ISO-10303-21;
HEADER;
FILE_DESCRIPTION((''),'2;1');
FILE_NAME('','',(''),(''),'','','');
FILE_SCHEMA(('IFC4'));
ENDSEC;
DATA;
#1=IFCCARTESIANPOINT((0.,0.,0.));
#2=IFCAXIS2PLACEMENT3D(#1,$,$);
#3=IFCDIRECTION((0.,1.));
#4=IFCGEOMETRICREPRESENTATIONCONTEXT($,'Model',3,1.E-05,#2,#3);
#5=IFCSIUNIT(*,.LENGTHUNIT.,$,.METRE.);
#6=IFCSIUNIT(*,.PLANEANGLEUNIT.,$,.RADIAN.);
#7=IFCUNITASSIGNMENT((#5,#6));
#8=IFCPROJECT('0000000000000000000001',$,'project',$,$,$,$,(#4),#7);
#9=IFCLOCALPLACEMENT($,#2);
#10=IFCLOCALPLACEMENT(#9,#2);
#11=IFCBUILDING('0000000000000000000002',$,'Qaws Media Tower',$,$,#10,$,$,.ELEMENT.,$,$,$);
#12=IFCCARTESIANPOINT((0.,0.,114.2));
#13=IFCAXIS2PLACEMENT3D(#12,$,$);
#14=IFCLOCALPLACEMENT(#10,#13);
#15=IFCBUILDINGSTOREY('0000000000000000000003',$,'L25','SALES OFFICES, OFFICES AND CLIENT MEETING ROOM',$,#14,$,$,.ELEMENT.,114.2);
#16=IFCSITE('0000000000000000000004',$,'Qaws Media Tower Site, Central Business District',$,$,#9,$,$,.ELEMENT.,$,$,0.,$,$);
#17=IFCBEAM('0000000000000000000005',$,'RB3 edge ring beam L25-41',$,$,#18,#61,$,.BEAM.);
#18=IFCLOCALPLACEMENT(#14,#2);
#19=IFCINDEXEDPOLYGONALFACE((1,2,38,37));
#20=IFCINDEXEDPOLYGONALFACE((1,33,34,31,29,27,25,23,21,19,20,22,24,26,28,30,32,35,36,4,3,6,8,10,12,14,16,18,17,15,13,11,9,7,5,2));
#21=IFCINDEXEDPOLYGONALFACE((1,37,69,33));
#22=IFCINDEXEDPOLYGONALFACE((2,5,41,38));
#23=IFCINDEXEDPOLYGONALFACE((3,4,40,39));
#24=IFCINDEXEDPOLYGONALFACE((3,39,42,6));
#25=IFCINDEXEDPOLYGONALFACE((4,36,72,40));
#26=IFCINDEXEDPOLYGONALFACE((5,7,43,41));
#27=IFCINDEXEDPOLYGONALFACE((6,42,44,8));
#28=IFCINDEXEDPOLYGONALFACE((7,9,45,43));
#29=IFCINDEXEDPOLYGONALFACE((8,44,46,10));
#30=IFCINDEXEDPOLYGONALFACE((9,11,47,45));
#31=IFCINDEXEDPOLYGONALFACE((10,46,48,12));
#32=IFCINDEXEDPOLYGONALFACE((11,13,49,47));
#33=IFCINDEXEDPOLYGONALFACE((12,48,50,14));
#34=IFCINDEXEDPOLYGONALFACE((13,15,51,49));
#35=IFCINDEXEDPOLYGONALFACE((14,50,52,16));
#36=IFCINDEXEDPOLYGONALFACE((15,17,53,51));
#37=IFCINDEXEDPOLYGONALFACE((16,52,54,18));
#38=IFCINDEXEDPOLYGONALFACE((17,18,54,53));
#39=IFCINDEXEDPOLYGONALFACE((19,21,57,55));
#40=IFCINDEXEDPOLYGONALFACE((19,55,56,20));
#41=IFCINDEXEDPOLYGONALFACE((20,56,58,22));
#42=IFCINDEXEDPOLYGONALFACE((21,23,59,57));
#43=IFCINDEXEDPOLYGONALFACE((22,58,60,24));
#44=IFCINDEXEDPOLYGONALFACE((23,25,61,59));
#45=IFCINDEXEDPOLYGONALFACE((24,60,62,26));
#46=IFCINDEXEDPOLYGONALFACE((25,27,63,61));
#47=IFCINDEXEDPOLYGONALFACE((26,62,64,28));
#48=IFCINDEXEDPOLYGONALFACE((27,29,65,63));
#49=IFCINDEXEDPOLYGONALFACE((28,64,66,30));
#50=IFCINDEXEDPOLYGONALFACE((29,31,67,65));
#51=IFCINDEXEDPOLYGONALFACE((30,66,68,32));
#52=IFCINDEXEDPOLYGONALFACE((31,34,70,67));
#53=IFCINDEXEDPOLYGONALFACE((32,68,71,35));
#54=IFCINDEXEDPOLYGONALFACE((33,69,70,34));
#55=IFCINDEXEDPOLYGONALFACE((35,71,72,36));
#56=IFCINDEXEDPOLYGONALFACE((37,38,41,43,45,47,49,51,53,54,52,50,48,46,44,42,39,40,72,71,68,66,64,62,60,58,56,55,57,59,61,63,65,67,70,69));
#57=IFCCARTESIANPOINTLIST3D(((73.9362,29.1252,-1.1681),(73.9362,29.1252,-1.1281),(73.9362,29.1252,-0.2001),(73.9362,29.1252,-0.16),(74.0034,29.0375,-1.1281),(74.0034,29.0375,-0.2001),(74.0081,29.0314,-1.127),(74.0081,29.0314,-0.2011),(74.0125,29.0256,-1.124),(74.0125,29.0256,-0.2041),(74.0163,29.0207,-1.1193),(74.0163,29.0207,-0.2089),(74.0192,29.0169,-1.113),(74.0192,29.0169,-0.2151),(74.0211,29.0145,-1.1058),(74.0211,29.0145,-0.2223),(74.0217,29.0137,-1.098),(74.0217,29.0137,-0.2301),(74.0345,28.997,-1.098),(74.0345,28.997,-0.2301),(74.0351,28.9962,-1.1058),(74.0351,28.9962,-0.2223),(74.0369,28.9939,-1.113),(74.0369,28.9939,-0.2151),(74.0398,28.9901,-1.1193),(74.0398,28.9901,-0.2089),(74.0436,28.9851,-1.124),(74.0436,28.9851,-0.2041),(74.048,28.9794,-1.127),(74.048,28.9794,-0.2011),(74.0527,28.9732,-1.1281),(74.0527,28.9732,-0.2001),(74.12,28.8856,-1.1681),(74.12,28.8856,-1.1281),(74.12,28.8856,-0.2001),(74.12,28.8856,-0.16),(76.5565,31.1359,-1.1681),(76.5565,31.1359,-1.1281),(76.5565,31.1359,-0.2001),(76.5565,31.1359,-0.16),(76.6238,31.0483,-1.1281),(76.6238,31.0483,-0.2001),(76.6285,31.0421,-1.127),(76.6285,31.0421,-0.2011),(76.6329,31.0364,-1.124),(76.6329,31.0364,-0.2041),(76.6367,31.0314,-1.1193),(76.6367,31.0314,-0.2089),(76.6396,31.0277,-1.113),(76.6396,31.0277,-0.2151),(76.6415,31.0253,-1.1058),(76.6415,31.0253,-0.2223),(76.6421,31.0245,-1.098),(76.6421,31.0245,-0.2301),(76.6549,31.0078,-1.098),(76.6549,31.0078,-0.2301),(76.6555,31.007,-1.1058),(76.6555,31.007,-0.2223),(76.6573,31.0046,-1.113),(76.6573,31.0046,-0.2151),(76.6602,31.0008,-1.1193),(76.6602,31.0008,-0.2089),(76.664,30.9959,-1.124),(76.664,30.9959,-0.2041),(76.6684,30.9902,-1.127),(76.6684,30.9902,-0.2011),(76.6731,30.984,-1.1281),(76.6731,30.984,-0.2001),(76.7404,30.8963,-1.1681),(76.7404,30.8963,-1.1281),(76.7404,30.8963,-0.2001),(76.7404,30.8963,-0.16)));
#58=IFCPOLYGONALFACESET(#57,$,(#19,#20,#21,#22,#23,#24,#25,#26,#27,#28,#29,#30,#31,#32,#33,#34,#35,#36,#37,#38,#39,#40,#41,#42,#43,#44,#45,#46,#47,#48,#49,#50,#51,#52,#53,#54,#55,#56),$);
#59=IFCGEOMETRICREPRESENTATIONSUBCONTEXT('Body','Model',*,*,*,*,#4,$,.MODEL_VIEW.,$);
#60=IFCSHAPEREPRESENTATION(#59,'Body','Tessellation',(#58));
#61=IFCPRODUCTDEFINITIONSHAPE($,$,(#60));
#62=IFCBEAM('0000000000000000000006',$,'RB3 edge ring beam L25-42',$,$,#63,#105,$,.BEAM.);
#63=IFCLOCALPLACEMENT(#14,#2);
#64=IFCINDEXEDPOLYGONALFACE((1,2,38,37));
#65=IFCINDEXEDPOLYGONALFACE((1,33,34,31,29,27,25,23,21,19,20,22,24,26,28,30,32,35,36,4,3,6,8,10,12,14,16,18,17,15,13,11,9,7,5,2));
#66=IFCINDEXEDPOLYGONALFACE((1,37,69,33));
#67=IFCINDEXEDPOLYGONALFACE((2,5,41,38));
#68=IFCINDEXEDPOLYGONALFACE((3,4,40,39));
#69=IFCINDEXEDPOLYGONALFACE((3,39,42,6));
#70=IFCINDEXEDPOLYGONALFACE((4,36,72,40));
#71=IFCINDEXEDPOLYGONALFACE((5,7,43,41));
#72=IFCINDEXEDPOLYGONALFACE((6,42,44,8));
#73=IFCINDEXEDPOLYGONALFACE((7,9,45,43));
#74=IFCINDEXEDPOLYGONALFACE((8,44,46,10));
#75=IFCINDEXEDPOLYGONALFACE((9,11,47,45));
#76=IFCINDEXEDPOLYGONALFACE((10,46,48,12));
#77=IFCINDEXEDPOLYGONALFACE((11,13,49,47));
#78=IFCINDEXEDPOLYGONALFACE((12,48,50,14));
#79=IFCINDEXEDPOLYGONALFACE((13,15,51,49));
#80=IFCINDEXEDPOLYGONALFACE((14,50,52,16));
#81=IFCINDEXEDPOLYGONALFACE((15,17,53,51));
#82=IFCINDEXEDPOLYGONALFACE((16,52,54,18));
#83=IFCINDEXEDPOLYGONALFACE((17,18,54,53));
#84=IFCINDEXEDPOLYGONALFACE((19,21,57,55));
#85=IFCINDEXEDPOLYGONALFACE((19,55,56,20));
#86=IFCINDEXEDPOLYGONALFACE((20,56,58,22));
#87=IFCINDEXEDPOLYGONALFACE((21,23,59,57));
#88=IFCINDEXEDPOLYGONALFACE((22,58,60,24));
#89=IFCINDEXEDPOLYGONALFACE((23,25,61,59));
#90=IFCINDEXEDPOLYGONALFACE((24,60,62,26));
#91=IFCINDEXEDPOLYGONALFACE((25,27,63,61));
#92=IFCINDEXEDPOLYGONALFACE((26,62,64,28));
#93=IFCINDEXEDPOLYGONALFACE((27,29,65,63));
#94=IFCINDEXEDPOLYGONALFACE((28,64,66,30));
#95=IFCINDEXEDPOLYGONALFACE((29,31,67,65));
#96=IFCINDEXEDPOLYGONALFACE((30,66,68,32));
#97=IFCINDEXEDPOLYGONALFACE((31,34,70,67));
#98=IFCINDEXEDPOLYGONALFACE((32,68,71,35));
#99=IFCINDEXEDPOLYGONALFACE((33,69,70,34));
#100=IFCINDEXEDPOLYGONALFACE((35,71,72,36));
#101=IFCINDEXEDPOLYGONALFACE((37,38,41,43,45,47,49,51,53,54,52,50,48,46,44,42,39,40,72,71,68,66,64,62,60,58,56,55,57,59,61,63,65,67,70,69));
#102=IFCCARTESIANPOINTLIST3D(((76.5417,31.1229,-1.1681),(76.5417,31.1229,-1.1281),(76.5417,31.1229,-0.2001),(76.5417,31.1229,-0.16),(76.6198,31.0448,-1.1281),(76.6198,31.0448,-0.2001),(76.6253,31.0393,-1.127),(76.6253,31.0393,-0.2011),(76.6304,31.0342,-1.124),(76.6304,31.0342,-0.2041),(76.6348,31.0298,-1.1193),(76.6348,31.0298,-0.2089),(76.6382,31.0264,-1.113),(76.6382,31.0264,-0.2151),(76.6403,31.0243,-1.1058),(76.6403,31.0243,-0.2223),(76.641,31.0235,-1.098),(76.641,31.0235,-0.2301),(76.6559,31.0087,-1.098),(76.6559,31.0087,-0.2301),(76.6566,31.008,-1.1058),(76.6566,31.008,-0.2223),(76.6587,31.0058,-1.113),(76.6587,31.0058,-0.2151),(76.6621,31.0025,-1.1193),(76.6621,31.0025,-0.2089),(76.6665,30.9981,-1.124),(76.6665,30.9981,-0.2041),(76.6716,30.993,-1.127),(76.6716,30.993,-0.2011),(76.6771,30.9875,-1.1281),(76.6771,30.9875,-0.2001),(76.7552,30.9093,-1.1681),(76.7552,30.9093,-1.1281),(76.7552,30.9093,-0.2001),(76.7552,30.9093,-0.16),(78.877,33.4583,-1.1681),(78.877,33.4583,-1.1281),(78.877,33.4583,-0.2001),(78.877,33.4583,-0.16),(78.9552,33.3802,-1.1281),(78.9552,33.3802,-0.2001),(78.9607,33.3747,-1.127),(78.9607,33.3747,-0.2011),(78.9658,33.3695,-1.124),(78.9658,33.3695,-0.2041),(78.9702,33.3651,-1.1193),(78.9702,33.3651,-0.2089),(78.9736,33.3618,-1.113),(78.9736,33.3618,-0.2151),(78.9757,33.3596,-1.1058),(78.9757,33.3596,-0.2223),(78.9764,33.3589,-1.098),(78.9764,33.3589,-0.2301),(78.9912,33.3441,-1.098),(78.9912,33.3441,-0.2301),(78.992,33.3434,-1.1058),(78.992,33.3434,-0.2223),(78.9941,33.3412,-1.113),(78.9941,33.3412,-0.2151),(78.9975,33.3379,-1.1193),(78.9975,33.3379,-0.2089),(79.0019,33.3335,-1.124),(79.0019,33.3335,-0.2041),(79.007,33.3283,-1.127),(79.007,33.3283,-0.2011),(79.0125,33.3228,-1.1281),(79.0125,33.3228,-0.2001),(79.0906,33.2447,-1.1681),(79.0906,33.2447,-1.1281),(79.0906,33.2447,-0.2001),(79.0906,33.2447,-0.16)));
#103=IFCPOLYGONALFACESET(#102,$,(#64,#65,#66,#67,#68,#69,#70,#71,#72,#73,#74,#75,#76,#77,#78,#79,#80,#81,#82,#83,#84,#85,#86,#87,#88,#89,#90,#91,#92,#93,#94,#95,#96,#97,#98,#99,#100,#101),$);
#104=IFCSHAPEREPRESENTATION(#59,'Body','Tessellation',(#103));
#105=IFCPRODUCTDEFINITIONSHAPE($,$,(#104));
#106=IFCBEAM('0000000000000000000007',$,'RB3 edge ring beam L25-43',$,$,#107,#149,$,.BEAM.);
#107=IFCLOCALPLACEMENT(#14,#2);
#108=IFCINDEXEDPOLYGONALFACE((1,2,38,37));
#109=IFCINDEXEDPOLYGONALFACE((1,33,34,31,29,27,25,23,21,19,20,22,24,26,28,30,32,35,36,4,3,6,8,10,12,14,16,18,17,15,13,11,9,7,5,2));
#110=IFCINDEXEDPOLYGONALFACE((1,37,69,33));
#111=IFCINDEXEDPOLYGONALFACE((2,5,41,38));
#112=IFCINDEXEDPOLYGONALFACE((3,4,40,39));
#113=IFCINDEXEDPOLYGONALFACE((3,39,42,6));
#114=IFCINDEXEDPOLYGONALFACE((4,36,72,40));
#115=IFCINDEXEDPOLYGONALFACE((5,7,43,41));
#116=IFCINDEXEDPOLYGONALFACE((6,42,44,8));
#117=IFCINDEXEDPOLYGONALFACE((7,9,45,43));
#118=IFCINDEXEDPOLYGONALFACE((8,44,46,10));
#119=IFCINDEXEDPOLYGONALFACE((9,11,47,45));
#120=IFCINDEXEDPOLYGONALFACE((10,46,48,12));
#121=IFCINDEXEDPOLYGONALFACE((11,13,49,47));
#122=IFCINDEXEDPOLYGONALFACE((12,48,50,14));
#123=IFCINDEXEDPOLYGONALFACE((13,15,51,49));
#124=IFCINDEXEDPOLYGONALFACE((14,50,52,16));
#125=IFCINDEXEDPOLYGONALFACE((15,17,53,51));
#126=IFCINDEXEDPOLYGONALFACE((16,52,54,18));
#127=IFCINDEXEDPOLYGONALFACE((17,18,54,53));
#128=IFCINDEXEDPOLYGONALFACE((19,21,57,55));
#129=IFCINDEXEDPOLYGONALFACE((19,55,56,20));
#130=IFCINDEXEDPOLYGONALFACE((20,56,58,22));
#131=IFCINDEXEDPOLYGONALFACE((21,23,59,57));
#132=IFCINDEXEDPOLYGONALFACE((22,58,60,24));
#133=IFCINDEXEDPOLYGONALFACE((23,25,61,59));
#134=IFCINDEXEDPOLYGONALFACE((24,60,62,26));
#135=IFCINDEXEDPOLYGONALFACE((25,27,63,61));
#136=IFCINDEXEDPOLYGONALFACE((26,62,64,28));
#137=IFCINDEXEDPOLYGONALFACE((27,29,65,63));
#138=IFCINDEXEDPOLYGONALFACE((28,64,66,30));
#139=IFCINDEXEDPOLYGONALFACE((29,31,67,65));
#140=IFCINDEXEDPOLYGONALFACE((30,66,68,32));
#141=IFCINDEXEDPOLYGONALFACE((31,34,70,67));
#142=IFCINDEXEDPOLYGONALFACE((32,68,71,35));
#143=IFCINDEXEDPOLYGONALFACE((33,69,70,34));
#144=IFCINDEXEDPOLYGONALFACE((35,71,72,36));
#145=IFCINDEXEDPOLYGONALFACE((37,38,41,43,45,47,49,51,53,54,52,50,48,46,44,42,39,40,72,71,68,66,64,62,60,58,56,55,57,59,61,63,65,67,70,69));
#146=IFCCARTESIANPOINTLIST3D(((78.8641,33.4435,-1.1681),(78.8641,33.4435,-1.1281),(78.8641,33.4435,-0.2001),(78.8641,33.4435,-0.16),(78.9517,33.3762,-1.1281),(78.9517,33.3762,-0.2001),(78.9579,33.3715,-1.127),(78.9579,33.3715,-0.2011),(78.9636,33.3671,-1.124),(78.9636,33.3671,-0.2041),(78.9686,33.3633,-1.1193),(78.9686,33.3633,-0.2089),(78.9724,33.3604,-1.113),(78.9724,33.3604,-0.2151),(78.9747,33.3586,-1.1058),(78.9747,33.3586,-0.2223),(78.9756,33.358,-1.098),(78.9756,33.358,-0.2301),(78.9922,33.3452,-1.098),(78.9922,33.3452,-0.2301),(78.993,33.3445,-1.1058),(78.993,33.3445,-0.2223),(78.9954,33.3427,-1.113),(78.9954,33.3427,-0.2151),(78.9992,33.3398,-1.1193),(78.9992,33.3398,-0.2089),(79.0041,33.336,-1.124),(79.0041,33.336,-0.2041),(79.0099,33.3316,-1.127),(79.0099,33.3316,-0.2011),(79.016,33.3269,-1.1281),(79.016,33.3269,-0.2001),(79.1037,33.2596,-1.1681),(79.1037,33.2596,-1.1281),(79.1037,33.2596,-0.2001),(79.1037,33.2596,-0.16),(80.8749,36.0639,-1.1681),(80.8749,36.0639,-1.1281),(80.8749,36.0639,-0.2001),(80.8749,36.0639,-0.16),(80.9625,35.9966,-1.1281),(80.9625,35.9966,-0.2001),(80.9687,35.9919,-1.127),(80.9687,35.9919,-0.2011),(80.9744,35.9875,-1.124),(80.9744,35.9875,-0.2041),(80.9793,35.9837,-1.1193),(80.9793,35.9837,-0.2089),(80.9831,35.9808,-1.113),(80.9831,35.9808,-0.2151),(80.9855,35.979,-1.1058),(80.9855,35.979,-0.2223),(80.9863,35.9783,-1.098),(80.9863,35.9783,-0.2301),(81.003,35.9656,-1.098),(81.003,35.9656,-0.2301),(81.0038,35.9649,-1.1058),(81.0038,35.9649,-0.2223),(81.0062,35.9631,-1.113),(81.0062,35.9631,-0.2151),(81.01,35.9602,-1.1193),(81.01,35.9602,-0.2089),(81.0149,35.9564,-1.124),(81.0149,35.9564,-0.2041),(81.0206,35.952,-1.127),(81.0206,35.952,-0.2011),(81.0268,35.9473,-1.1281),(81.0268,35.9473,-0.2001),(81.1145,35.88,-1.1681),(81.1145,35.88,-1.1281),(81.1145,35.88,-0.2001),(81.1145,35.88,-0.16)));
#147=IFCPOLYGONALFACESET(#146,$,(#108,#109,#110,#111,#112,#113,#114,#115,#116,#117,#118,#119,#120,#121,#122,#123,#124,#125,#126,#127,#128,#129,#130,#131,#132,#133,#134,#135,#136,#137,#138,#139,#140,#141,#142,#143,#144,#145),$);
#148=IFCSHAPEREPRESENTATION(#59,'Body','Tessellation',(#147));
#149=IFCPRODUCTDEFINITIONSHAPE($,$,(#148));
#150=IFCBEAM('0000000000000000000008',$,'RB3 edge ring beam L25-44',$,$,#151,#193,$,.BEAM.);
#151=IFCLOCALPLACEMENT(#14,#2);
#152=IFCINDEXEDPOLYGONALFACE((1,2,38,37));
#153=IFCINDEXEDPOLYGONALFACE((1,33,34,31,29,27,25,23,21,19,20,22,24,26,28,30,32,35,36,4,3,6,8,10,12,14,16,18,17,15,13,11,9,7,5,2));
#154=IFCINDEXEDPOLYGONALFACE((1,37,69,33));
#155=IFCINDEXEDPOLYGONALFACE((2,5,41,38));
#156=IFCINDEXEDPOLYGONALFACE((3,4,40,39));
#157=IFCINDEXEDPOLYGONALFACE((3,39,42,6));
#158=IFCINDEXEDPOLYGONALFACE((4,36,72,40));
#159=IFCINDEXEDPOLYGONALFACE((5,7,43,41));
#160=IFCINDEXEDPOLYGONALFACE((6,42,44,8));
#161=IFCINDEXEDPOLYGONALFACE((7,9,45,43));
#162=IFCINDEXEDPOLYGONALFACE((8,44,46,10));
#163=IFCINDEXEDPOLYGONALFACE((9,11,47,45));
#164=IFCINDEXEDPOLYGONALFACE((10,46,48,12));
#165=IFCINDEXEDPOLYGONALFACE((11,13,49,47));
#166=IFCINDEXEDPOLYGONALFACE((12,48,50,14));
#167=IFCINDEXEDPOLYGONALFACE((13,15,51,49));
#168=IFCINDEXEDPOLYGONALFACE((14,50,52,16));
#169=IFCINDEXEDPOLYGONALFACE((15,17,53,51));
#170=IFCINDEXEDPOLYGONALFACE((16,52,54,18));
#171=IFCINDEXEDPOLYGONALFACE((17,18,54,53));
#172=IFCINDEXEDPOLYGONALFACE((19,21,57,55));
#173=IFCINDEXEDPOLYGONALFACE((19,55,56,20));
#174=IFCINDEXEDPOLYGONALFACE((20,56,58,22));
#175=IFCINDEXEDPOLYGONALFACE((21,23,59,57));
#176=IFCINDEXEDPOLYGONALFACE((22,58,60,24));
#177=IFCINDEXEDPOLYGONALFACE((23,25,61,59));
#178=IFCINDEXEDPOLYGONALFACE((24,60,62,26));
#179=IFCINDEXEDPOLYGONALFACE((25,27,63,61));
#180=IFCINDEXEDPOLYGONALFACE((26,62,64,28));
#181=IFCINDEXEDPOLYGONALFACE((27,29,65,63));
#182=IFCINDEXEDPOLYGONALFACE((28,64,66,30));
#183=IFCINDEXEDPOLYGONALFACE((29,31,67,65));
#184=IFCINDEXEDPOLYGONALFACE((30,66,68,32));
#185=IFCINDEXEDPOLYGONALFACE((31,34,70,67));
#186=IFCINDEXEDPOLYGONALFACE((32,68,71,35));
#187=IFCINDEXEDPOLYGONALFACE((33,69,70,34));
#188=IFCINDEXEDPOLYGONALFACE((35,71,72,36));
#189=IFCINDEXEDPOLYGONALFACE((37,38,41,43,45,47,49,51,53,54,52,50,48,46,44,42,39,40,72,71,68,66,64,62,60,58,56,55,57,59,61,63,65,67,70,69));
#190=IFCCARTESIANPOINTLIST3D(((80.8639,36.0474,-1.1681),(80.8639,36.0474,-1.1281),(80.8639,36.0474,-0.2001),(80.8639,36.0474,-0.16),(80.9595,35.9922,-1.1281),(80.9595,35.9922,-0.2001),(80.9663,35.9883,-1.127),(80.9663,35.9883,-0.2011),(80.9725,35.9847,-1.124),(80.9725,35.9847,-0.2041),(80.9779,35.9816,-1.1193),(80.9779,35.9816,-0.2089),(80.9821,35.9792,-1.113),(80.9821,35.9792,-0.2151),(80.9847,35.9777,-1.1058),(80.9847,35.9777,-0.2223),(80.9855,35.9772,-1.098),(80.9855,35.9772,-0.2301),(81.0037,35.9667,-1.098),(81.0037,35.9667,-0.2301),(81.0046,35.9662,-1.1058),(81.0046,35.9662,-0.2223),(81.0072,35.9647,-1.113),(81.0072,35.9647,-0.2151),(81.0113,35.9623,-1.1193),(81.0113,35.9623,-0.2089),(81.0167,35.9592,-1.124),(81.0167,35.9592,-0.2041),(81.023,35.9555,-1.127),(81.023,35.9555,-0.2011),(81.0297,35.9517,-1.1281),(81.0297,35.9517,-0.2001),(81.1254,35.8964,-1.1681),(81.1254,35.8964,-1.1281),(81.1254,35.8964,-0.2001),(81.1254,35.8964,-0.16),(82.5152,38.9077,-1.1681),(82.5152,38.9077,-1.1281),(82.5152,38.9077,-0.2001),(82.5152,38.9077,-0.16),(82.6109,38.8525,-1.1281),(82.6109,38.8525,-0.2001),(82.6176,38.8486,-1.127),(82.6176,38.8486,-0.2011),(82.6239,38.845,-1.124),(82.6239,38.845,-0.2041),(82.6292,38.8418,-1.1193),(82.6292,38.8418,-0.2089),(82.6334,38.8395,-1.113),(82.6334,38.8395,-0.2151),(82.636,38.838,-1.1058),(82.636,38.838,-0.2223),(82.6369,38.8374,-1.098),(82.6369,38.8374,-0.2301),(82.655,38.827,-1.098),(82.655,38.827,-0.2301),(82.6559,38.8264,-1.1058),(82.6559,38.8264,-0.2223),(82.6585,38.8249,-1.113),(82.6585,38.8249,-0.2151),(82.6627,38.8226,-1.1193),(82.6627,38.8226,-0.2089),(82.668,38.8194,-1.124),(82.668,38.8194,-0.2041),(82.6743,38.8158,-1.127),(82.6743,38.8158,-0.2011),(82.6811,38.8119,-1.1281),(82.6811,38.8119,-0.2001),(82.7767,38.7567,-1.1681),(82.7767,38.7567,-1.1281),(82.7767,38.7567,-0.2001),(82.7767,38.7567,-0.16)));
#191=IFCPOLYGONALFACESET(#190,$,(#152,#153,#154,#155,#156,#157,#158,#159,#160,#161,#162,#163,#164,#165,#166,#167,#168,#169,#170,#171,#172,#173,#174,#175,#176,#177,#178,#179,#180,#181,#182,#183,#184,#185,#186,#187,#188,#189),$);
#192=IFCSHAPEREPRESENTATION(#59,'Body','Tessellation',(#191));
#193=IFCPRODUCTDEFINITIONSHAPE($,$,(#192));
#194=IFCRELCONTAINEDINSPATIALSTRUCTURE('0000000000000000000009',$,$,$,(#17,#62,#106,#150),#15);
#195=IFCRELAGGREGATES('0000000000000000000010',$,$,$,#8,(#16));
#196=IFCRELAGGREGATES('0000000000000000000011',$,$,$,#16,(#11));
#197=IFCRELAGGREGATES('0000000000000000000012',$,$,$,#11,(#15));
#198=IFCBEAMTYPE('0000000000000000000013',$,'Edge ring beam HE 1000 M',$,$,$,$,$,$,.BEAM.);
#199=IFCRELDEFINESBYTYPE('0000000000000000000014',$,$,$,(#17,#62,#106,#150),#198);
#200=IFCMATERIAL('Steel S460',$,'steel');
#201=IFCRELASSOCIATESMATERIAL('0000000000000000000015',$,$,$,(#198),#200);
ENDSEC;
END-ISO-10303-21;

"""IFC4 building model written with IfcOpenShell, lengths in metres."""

from ifc_helpers import new_model, si_unit, direction, frame, origin, origin_2d, place, context, subcontext, project, spatial, i_section, extrude, material, material_profile, profile_set, type_object, element, save


model = new_model("IFC4")

# Units and contexts
model_context = context("Model", 3, precision=1e-05, world=origin(), true_north=direction((0.0, 1.0)))
body_context = subcontext(model_context, "Body", "Model", "MODEL_VIEW")
ifc_project = project(units=[si_unit("LENGTHUNIT", "METRE"), si_unit("PLANEANGLEUNIT", "RADIAN")], contexts=[model_context])

# Site, building, storey
site_placement = place(None, origin())
site = spatial("IfcSite", under=ifc_project, at=site_placement, Name="Qaws Media Tower Site, Central Business District", CompositionType="ELEMENT", RefElevation=0.0)
building_placement = place(site_placement, origin())
building = spatial("IfcBuilding", under=site, at=building_placement, Name="Qaws Media Tower", CompositionType="ELEMENT")
storey_placement = place(building_placement, frame((0.0, 0.0, 114.2)))
storey = spatial("IfcBuildingStorey", under=building, at=storey_placement, Name="L25", Description="SALES OFFICES, OFFICES AND CLIENT MEETING ROOM", CompositionType="ELEMENT", Elevation=114.2)

# Beams
ifc_material_1 = material(Name="Steel S460", Category="steel")
ifc_material_profile_1 = material_profile(ifc_material_1, i_section(OverallWidth=0.302, OverallDepth=1.0081, WebThickness=0.021, FlangeThickness=0.04, FilletRadius=0.03, at=origin_2d()), Name="HE 1000 M")
ifc_profile_set_1 = profile_set([ifc_material_profile_1], Name="Steel S460")
beam_type = type_object("IfcBeamType", Name="Edge ring beam HE 1000 M", PredefinedType="BEAM", material=ifc_profile_set_1)
beam_1_placement = place(storey_placement, frame((74.0281, 29.0054, -0.6641), z_axis=(0.793343, 0.608774, 0.0), x_axis=(-0.608774, 0.793343, 0.0)))
element("IfcBeam", 1, at=beam_1_placement, inside=storey, type_object=beam_type, Name="RB3 edge ring beam L25-41", PredefinedType="BEAM", context=body_context, shape_type="SweptSolid", body=[
    extrude(i_section(OverallWidth=0.302, OverallDepth=1.0081, WebThickness=0.021, FlangeThickness=0.04, FilletRadius=0.03, at=origin_2d()), origin(), (0.0, 0.0, 1.0), 3.303),
])
beam_2_placement = place(storey_placement, frame((76.6484, 31.0161, -0.6641), z_axis=(0.707107, 0.707107, 0.0), x_axis=(-0.707107, 0.707107, 0.0)))
element("IfcBeam", 2, at=beam_2_placement, inside=storey, type_object=beam_type, Name="RB3 edge ring beam L25-42", PredefinedType="BEAM", context=body_context, shape_type="SweptSolid", body=[
    extrude(i_section(OverallWidth=0.302, OverallDepth=1.0081, WebThickness=0.021, FlangeThickness=0.04, FilletRadius=0.03, at=origin_2d()), origin(), (0.0, 0.0, 1.0), 3.3027),
])
beam_3_placement = place(storey_placement, frame((78.9839, 33.3516, -0.6641), z_axis=(0.608774, 0.793343, 0.0), x_axis=(-0.793343, 0.608774, 0.0)))
element("IfcBeam", 3, at=beam_3_placement, inside=storey, type_object=beam_type, Name="RB3 edge ring beam L25-43", PredefinedType="BEAM", context=body_context, shape_type="SweptSolid", body=[
    extrude(i_section(OverallWidth=0.302, OverallDepth=1.0081, WebThickness=0.021, FlangeThickness=0.04, FilletRadius=0.03, at=origin_2d()), origin(), (0.0, 0.0, 1.0), 3.303),
])
for number, where, z_axis, x_axis, name in (
    (4, (80.9946, 35.9719, -0.6641), (0.499987, 0.866033, 0.0), (-0.866033, 0.499987, 0.0), "RB3 edge ring beam L25-44"),
):
    element("IfcBeam", number, at=place(storey_placement, frame(where, z_axis=z_axis, x_axis=x_axis)), inside=storey, type_object=beam_type, Name=name, PredefinedType="BEAM", context=body_context, shape_type="SweptSolid", body=[
        extrude(i_section(OverallWidth=0.302, OverallDepth=1.0081, WebThickness=0.021, FlangeThickness=0.04, FilletRadius=0.03, at=origin_2d()), origin(), (0.0, 0.0, 1.0), 3.3027),
    ])

save(model, "model.ifc")
